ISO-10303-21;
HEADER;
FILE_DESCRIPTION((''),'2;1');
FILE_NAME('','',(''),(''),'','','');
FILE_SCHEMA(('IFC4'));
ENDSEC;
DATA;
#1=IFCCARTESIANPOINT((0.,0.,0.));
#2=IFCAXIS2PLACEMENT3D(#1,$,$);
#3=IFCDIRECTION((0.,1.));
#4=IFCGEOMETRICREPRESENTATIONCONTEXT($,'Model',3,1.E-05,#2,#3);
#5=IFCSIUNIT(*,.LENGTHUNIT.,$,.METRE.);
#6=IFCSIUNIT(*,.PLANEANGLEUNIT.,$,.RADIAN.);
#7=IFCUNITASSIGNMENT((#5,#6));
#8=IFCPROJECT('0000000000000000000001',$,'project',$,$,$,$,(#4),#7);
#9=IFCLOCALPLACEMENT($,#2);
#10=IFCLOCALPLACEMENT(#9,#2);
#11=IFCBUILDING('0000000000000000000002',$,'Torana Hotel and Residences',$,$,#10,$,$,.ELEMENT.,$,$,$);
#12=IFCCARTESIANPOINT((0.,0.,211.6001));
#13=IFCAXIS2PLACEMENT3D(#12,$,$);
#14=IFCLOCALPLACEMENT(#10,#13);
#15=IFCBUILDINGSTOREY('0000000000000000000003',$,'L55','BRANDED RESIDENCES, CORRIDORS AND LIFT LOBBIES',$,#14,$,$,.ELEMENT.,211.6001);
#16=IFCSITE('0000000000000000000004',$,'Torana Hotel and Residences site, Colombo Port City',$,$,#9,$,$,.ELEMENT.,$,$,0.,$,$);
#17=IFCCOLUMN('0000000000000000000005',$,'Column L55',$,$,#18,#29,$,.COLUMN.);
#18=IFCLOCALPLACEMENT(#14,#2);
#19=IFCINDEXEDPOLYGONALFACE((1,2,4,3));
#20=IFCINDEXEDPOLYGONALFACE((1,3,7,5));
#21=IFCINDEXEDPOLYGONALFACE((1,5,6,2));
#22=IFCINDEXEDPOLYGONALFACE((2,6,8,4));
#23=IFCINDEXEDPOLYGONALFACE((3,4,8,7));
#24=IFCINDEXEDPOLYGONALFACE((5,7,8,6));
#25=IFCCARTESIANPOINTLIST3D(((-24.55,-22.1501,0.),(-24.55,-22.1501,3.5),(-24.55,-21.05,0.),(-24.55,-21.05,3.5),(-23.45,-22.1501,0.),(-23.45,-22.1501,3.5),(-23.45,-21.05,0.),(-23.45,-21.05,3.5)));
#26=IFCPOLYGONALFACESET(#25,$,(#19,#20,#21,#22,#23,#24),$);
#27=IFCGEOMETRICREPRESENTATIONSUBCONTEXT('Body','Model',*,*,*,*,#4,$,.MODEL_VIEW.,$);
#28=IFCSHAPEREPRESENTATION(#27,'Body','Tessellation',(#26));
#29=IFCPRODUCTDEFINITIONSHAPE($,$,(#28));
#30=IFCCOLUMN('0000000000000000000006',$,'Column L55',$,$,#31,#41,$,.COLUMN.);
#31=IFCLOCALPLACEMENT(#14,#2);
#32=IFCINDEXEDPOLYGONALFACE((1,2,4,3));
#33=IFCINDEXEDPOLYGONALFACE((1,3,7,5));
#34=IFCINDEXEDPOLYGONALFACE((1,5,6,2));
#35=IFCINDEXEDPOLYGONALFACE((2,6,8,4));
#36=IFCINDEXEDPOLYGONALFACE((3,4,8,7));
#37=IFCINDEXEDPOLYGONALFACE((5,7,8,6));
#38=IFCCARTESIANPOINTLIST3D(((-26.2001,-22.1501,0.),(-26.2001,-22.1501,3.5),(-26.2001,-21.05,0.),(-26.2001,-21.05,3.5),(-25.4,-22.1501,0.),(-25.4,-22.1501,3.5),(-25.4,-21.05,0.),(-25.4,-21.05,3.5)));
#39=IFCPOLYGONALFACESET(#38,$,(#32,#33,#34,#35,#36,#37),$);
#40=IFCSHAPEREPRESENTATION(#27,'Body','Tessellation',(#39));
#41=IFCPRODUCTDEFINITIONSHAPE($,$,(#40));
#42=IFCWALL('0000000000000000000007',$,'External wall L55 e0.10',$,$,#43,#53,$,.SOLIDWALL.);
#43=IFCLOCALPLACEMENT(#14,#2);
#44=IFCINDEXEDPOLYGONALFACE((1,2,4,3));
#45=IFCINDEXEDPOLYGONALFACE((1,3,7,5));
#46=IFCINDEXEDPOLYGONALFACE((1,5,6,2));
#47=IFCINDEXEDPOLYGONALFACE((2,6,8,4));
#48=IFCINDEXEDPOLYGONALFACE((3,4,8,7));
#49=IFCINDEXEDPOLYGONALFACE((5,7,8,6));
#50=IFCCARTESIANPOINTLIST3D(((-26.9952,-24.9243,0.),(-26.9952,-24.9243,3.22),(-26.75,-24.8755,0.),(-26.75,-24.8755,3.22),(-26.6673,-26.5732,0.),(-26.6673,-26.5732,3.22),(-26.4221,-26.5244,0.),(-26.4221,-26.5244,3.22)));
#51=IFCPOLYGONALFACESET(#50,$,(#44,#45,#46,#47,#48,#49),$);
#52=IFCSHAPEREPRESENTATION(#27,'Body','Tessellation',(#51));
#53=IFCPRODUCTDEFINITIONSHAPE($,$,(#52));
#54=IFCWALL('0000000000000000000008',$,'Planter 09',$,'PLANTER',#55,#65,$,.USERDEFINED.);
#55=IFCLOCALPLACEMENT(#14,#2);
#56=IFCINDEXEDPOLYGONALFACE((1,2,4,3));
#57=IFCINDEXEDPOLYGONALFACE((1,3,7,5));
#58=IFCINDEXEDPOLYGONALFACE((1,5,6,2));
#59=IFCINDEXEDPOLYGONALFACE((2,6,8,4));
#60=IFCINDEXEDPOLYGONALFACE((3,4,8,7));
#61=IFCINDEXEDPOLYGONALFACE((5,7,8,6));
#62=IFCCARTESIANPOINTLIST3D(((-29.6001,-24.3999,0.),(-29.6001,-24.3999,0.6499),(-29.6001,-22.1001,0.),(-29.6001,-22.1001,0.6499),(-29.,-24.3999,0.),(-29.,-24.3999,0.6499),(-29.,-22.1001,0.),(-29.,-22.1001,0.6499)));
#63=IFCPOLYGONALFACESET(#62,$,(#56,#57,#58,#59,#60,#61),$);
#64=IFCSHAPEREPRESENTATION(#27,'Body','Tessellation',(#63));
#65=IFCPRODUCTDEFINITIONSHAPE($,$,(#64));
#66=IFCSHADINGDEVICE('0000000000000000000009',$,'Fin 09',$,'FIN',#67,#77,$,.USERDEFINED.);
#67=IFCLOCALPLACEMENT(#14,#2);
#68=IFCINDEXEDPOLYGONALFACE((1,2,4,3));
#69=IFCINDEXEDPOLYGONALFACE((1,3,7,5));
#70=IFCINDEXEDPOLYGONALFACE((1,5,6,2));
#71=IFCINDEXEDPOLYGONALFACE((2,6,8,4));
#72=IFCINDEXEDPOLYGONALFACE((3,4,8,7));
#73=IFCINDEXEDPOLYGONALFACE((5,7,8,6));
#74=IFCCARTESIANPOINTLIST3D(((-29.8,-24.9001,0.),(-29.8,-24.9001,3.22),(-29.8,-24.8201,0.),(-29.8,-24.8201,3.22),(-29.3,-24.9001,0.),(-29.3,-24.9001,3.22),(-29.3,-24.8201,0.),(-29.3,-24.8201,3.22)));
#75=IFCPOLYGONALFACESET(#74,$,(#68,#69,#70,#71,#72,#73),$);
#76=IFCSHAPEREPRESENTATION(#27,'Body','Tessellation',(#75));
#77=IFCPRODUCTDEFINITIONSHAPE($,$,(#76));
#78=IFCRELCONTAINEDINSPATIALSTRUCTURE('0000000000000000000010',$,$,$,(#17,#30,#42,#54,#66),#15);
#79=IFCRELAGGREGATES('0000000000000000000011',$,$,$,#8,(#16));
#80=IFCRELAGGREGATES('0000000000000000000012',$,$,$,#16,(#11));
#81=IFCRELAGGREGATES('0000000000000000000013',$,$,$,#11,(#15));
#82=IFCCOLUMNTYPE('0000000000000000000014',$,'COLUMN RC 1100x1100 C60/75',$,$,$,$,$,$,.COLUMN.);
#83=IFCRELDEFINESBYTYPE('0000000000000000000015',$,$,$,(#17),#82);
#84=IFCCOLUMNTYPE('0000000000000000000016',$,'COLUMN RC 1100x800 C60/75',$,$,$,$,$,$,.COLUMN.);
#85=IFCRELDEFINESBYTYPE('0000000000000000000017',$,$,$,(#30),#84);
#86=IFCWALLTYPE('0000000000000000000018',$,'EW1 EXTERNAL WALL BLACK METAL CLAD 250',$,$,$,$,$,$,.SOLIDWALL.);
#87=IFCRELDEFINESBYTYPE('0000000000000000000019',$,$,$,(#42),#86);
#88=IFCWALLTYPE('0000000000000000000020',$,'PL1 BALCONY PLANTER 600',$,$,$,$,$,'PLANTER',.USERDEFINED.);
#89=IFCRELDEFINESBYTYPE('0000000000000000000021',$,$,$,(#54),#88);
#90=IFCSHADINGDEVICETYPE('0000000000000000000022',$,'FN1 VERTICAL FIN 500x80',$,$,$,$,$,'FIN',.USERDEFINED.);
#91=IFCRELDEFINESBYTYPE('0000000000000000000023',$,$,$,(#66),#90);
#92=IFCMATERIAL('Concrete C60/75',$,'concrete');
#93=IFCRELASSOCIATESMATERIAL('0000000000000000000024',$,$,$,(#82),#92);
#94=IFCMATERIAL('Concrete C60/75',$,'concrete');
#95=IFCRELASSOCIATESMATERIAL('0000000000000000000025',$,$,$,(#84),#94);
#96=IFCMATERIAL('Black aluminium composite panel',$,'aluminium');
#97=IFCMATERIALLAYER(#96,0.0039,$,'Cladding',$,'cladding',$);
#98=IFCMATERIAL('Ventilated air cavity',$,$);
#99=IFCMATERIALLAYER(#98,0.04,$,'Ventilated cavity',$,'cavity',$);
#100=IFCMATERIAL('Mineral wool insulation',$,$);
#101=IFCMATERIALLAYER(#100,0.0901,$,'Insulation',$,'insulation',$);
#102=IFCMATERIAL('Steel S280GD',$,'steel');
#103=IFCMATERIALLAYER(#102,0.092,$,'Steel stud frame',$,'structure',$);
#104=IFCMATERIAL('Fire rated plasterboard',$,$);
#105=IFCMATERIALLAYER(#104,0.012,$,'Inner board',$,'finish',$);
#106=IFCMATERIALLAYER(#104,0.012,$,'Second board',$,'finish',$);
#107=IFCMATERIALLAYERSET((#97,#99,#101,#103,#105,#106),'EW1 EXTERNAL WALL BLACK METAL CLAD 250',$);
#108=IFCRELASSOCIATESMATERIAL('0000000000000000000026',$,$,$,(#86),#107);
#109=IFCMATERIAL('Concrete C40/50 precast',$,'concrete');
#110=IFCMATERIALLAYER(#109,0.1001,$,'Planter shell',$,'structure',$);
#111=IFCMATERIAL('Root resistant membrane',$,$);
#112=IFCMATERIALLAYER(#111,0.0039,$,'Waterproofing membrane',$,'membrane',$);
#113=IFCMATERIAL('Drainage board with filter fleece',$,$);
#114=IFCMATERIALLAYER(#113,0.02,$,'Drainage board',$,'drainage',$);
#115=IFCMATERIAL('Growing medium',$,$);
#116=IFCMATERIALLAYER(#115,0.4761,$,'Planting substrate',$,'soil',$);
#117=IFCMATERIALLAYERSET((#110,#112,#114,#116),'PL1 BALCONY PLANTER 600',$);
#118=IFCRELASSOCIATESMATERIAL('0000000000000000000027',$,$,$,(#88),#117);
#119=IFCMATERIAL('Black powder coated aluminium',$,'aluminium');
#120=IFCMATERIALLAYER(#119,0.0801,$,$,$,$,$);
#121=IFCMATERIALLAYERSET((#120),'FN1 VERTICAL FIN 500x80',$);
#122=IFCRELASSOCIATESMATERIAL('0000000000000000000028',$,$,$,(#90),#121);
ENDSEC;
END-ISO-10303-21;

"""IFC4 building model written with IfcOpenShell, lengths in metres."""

from ifc_helpers import new_model, si_unit, direction, frame, frame_2d, origin, origin_2d, place, context, subcontext, project, spatial, rectangle, extrude, material, layer, layer_set, material_profile, profile_set, type_object, element, save


model = new_model("IFC4")

# Units and contexts
model_context = context("Model", 3, precision=1e-05, world=origin(), true_north=direction((0.0, 1.0)))
body_context = subcontext(model_context, "Body", "Model", "MODEL_VIEW")
ifc_project = project(units=[si_unit("LENGTHUNIT", "METRE"), si_unit("PLANEANGLEUNIT", "RADIAN")], contexts=[model_context])

# Site, building, storey
site_placement = place(None, origin())
site = spatial("IfcSite", under=ifc_project, at=site_placement, Name="Torana Hotel and Residences site, Colombo Port City", CompositionType="ELEMENT", RefElevation=0.0)
building_placement = place(site_placement, origin())
building = spatial("IfcBuilding", under=site, at=building_placement, Name="Torana Hotel and Residences", CompositionType="ELEMENT")
storey_placement = place(building_placement, frame((0.0, 0.0, 211.6001)))
storey = spatial("IfcBuildingStorey", under=building, at=storey_placement, Name="L55", Description="BRANDED RESIDENCES, CORRIDORS AND LIFT LOBBIES", CompositionType="ELEMENT", Elevation=211.6001)

# Columns
ifc_material_1 = material(Name="Concrete C60/75", Category="concrete")
ifc_material_profile_1 = material_profile(ifc_material_1, rectangle(XDim=1.1001, YDim=1.1001, at=origin_2d()), Name="RC 1100x1100")
ifc_profile_set_1 = profile_set([ifc_material_profile_1], Name="Concrete C60/75")
column_type_1 = type_object("IfcColumnType", Name="COLUMN RC 1100x1100 C60/75", PredefinedType="COLUMN", material=ifc_profile_set_1)
column_1_placement = place(storey_placement, frame((-24.0, -21.6001, 0.0), z_axis=(0.0, 0.0, 1.0), x_axis=(1.0, 0.0, 0.0)))
element("IfcColumn", 1, at=column_1_placement, inside=storey, type_object=column_type_1, Name="Column L55", PredefinedType="COLUMN", context=body_context, shape_type="SweptSolid", body=[
    extrude(rectangle(XDim=1.1001, YDim=1.1001, at=origin_2d()), origin(), (0.0, 0.0, 1.0), 3.5),
])
ifc_material_2 = material(Name="Concrete C60/75", Category="concrete")
ifc_material_profile_2 = material_profile(ifc_material_2, rectangle(XDim=1.1001, YDim=0.8, at=origin_2d()), Name="RC 1100x800")
ifc_profile_set_2 = profile_set([ifc_material_profile_2], Name="Concrete C60/75")
column_type_2 = type_object("IfcColumnType", Name="COLUMN RC 1100x800 C60/75", PredefinedType="COLUMN", material=ifc_profile_set_2)
column_2_placement = place(storey_placement, frame((-25.8, -21.6001, 0.0), z_axis=(0.0, 0.0, 1.0), x_axis=(0.0, 1.0, 0.0)))
element("IfcColumn", 2, at=column_2_placement, inside=storey, type_object=column_type_2, Name="Column L55", PredefinedType="COLUMN", context=body_context, shape_type="SweptSolid", body=[
    extrude(rectangle(XDim=1.1001, YDim=0.8, at=origin_2d()), origin(), (0.0, 0.0, 1.0), 3.5),
])

# Walls
ifc_material_3 = material(Name="Black aluminium composite panel", Category="aluminium")
ifc_layer_1 = layer(ifc_material_3, 0.0039, Name="Cladding", Category="cladding")
ifc_material_4 = material(Name="Ventilated air cavity")
ifc_layer_2 = layer(ifc_material_4, 0.04, Name="Ventilated cavity", Category="cavity")
ifc_material_5 = material(Name="Mineral wool insulation")
ifc_layer_3 = layer(ifc_material_5, 0.0901, Name="Insulation", Category="insulation")
ifc_material_6 = material(Name="Steel S280GD", Category="steel")
ifc_layer_4 = layer(ifc_material_6, 0.092, Name="Steel stud frame", Category="structure")
ifc_material_7 = material(Name="Fire rated plasterboard")
ifc_layer_5 = layer(ifc_material_7, 0.012, Name="Inner board", Category="finish")
ifc_layer_6 = layer(ifc_material_7, 0.012, Name="Second board", Category="finish")
ifc_layer_set_1 = layer_set([ifc_layer_1, ifc_layer_2, ifc_layer_3, ifc_layer_4, ifc_layer_5, ifc_layer_6], Name="EW1 EXTERNAL WALL BLACK METAL CLAD 250")
wall_type_1 = type_object("IfcWallType", Name="EW1 EXTERNAL WALL BLACK METAL CLAD 250", PredefinedType="SOLIDWALL", material=ifc_layer_set_1)
wall_1_placement = place(storey_placement, frame((-26.8726, -24.8999, 0.0), z_axis=(0.0, 0.0, 1.0), x_axis=(0.195027, -0.980798, 0.0)))
element("IfcWall", 3, at=wall_1_placement, inside=storey, type_object=wall_type_1, Name="External wall L55 e0.10", PredefinedType="SOLIDWALL", context=body_context, shape_type="SweptSolid", body=[
    extrude(rectangle(XDim=1.6812, YDim=0.25, at=frame_2d((0.8406, 0.0))), origin(), (0.0, 0.0, 1.0), 3.22),
])
ifc_material_8 = material(Name="Concrete C40/50 precast", Category="concrete")
ifc_layer_7 = layer(ifc_material_8, 0.1001, Name="Planter shell", Category="structure")
ifc_material_9 = material(Name="Root resistant membrane")
ifc_layer_8 = layer(ifc_material_9, 0.0039, Name="Waterproofing membrane", Category="membrane")
ifc_material_10 = material(Name="Drainage board with filter fleece")
ifc_layer_9 = layer(ifc_material_10, 0.02, Name="Drainage board", Category="drainage")
ifc_material_11 = material(Name="Growing medium")
ifc_layer_10 = layer(ifc_material_11, 0.4761, Name="Planting substrate", Category="soil")
ifc_layer_set_2 = layer_set([ifc_layer_7, ifc_layer_8, ifc_layer_9, ifc_layer_10], Name="PL1 BALCONY PLANTER 600")
wall_type_2 = type_object("IfcWallType", Name="PL1 BALCONY PLANTER 600", ElementType="PLANTER", PredefinedType="USERDEFINED", material=ifc_layer_set_2)
wall_2_placement = place(storey_placement, frame((-29.3, -24.3999, 0.0), z_axis=(0.0, 0.0, 1.0), x_axis=(0.0, 1.0, 0.0)))
element("IfcWall", 4, at=wall_2_placement, inside=storey, type_object=wall_type_2, Name="Planter 09", ObjectType="PLANTER", PredefinedType="USERDEFINED", context=body_context, shape_type="SweptSolid", body=[
    extrude(rectangle(XDim=2.2998, YDim=0.6001, at=frame_2d((1.1499, 0.0))), origin(), (0.0, 0.0, 1.0), 0.6499),
])

# Shading device
ifc_material_12 = material(Name="Black powder coated aluminium", Category="aluminium")
ifc_layer_11 = layer(ifc_material_12, 0.0801)
ifc_layer_set_3 = layer_set([ifc_layer_11], Name="FN1 VERTICAL FIN 500x80")
shading_device_type = type_object("IfcShadingDeviceType", Name="FN1 VERTICAL FIN 500x80", ElementType="FIN", PredefinedType="USERDEFINED", material=ifc_layer_set_3)
shading_device_placement = place(storey_placement, frame((-29.55, -24.8601, 0.0), z_axis=(0.0, 0.0, 1.0), x_axis=(0.0, 1.0, 0.0)))
element("IfcShadingDevice", 5, at=shading_device_placement, inside=storey, type_object=shading_device_type, Name="Fin 09", ObjectType="FIN", PredefinedType="USERDEFINED", context=body_context, shape_type="SweptSolid", body=[
    extrude(rectangle(XDim=0.0801, YDim=0.5, at=origin_2d()), origin(), (0.0, 0.0, 1.0), 3.22),
])

save(model, "model.ifc")
